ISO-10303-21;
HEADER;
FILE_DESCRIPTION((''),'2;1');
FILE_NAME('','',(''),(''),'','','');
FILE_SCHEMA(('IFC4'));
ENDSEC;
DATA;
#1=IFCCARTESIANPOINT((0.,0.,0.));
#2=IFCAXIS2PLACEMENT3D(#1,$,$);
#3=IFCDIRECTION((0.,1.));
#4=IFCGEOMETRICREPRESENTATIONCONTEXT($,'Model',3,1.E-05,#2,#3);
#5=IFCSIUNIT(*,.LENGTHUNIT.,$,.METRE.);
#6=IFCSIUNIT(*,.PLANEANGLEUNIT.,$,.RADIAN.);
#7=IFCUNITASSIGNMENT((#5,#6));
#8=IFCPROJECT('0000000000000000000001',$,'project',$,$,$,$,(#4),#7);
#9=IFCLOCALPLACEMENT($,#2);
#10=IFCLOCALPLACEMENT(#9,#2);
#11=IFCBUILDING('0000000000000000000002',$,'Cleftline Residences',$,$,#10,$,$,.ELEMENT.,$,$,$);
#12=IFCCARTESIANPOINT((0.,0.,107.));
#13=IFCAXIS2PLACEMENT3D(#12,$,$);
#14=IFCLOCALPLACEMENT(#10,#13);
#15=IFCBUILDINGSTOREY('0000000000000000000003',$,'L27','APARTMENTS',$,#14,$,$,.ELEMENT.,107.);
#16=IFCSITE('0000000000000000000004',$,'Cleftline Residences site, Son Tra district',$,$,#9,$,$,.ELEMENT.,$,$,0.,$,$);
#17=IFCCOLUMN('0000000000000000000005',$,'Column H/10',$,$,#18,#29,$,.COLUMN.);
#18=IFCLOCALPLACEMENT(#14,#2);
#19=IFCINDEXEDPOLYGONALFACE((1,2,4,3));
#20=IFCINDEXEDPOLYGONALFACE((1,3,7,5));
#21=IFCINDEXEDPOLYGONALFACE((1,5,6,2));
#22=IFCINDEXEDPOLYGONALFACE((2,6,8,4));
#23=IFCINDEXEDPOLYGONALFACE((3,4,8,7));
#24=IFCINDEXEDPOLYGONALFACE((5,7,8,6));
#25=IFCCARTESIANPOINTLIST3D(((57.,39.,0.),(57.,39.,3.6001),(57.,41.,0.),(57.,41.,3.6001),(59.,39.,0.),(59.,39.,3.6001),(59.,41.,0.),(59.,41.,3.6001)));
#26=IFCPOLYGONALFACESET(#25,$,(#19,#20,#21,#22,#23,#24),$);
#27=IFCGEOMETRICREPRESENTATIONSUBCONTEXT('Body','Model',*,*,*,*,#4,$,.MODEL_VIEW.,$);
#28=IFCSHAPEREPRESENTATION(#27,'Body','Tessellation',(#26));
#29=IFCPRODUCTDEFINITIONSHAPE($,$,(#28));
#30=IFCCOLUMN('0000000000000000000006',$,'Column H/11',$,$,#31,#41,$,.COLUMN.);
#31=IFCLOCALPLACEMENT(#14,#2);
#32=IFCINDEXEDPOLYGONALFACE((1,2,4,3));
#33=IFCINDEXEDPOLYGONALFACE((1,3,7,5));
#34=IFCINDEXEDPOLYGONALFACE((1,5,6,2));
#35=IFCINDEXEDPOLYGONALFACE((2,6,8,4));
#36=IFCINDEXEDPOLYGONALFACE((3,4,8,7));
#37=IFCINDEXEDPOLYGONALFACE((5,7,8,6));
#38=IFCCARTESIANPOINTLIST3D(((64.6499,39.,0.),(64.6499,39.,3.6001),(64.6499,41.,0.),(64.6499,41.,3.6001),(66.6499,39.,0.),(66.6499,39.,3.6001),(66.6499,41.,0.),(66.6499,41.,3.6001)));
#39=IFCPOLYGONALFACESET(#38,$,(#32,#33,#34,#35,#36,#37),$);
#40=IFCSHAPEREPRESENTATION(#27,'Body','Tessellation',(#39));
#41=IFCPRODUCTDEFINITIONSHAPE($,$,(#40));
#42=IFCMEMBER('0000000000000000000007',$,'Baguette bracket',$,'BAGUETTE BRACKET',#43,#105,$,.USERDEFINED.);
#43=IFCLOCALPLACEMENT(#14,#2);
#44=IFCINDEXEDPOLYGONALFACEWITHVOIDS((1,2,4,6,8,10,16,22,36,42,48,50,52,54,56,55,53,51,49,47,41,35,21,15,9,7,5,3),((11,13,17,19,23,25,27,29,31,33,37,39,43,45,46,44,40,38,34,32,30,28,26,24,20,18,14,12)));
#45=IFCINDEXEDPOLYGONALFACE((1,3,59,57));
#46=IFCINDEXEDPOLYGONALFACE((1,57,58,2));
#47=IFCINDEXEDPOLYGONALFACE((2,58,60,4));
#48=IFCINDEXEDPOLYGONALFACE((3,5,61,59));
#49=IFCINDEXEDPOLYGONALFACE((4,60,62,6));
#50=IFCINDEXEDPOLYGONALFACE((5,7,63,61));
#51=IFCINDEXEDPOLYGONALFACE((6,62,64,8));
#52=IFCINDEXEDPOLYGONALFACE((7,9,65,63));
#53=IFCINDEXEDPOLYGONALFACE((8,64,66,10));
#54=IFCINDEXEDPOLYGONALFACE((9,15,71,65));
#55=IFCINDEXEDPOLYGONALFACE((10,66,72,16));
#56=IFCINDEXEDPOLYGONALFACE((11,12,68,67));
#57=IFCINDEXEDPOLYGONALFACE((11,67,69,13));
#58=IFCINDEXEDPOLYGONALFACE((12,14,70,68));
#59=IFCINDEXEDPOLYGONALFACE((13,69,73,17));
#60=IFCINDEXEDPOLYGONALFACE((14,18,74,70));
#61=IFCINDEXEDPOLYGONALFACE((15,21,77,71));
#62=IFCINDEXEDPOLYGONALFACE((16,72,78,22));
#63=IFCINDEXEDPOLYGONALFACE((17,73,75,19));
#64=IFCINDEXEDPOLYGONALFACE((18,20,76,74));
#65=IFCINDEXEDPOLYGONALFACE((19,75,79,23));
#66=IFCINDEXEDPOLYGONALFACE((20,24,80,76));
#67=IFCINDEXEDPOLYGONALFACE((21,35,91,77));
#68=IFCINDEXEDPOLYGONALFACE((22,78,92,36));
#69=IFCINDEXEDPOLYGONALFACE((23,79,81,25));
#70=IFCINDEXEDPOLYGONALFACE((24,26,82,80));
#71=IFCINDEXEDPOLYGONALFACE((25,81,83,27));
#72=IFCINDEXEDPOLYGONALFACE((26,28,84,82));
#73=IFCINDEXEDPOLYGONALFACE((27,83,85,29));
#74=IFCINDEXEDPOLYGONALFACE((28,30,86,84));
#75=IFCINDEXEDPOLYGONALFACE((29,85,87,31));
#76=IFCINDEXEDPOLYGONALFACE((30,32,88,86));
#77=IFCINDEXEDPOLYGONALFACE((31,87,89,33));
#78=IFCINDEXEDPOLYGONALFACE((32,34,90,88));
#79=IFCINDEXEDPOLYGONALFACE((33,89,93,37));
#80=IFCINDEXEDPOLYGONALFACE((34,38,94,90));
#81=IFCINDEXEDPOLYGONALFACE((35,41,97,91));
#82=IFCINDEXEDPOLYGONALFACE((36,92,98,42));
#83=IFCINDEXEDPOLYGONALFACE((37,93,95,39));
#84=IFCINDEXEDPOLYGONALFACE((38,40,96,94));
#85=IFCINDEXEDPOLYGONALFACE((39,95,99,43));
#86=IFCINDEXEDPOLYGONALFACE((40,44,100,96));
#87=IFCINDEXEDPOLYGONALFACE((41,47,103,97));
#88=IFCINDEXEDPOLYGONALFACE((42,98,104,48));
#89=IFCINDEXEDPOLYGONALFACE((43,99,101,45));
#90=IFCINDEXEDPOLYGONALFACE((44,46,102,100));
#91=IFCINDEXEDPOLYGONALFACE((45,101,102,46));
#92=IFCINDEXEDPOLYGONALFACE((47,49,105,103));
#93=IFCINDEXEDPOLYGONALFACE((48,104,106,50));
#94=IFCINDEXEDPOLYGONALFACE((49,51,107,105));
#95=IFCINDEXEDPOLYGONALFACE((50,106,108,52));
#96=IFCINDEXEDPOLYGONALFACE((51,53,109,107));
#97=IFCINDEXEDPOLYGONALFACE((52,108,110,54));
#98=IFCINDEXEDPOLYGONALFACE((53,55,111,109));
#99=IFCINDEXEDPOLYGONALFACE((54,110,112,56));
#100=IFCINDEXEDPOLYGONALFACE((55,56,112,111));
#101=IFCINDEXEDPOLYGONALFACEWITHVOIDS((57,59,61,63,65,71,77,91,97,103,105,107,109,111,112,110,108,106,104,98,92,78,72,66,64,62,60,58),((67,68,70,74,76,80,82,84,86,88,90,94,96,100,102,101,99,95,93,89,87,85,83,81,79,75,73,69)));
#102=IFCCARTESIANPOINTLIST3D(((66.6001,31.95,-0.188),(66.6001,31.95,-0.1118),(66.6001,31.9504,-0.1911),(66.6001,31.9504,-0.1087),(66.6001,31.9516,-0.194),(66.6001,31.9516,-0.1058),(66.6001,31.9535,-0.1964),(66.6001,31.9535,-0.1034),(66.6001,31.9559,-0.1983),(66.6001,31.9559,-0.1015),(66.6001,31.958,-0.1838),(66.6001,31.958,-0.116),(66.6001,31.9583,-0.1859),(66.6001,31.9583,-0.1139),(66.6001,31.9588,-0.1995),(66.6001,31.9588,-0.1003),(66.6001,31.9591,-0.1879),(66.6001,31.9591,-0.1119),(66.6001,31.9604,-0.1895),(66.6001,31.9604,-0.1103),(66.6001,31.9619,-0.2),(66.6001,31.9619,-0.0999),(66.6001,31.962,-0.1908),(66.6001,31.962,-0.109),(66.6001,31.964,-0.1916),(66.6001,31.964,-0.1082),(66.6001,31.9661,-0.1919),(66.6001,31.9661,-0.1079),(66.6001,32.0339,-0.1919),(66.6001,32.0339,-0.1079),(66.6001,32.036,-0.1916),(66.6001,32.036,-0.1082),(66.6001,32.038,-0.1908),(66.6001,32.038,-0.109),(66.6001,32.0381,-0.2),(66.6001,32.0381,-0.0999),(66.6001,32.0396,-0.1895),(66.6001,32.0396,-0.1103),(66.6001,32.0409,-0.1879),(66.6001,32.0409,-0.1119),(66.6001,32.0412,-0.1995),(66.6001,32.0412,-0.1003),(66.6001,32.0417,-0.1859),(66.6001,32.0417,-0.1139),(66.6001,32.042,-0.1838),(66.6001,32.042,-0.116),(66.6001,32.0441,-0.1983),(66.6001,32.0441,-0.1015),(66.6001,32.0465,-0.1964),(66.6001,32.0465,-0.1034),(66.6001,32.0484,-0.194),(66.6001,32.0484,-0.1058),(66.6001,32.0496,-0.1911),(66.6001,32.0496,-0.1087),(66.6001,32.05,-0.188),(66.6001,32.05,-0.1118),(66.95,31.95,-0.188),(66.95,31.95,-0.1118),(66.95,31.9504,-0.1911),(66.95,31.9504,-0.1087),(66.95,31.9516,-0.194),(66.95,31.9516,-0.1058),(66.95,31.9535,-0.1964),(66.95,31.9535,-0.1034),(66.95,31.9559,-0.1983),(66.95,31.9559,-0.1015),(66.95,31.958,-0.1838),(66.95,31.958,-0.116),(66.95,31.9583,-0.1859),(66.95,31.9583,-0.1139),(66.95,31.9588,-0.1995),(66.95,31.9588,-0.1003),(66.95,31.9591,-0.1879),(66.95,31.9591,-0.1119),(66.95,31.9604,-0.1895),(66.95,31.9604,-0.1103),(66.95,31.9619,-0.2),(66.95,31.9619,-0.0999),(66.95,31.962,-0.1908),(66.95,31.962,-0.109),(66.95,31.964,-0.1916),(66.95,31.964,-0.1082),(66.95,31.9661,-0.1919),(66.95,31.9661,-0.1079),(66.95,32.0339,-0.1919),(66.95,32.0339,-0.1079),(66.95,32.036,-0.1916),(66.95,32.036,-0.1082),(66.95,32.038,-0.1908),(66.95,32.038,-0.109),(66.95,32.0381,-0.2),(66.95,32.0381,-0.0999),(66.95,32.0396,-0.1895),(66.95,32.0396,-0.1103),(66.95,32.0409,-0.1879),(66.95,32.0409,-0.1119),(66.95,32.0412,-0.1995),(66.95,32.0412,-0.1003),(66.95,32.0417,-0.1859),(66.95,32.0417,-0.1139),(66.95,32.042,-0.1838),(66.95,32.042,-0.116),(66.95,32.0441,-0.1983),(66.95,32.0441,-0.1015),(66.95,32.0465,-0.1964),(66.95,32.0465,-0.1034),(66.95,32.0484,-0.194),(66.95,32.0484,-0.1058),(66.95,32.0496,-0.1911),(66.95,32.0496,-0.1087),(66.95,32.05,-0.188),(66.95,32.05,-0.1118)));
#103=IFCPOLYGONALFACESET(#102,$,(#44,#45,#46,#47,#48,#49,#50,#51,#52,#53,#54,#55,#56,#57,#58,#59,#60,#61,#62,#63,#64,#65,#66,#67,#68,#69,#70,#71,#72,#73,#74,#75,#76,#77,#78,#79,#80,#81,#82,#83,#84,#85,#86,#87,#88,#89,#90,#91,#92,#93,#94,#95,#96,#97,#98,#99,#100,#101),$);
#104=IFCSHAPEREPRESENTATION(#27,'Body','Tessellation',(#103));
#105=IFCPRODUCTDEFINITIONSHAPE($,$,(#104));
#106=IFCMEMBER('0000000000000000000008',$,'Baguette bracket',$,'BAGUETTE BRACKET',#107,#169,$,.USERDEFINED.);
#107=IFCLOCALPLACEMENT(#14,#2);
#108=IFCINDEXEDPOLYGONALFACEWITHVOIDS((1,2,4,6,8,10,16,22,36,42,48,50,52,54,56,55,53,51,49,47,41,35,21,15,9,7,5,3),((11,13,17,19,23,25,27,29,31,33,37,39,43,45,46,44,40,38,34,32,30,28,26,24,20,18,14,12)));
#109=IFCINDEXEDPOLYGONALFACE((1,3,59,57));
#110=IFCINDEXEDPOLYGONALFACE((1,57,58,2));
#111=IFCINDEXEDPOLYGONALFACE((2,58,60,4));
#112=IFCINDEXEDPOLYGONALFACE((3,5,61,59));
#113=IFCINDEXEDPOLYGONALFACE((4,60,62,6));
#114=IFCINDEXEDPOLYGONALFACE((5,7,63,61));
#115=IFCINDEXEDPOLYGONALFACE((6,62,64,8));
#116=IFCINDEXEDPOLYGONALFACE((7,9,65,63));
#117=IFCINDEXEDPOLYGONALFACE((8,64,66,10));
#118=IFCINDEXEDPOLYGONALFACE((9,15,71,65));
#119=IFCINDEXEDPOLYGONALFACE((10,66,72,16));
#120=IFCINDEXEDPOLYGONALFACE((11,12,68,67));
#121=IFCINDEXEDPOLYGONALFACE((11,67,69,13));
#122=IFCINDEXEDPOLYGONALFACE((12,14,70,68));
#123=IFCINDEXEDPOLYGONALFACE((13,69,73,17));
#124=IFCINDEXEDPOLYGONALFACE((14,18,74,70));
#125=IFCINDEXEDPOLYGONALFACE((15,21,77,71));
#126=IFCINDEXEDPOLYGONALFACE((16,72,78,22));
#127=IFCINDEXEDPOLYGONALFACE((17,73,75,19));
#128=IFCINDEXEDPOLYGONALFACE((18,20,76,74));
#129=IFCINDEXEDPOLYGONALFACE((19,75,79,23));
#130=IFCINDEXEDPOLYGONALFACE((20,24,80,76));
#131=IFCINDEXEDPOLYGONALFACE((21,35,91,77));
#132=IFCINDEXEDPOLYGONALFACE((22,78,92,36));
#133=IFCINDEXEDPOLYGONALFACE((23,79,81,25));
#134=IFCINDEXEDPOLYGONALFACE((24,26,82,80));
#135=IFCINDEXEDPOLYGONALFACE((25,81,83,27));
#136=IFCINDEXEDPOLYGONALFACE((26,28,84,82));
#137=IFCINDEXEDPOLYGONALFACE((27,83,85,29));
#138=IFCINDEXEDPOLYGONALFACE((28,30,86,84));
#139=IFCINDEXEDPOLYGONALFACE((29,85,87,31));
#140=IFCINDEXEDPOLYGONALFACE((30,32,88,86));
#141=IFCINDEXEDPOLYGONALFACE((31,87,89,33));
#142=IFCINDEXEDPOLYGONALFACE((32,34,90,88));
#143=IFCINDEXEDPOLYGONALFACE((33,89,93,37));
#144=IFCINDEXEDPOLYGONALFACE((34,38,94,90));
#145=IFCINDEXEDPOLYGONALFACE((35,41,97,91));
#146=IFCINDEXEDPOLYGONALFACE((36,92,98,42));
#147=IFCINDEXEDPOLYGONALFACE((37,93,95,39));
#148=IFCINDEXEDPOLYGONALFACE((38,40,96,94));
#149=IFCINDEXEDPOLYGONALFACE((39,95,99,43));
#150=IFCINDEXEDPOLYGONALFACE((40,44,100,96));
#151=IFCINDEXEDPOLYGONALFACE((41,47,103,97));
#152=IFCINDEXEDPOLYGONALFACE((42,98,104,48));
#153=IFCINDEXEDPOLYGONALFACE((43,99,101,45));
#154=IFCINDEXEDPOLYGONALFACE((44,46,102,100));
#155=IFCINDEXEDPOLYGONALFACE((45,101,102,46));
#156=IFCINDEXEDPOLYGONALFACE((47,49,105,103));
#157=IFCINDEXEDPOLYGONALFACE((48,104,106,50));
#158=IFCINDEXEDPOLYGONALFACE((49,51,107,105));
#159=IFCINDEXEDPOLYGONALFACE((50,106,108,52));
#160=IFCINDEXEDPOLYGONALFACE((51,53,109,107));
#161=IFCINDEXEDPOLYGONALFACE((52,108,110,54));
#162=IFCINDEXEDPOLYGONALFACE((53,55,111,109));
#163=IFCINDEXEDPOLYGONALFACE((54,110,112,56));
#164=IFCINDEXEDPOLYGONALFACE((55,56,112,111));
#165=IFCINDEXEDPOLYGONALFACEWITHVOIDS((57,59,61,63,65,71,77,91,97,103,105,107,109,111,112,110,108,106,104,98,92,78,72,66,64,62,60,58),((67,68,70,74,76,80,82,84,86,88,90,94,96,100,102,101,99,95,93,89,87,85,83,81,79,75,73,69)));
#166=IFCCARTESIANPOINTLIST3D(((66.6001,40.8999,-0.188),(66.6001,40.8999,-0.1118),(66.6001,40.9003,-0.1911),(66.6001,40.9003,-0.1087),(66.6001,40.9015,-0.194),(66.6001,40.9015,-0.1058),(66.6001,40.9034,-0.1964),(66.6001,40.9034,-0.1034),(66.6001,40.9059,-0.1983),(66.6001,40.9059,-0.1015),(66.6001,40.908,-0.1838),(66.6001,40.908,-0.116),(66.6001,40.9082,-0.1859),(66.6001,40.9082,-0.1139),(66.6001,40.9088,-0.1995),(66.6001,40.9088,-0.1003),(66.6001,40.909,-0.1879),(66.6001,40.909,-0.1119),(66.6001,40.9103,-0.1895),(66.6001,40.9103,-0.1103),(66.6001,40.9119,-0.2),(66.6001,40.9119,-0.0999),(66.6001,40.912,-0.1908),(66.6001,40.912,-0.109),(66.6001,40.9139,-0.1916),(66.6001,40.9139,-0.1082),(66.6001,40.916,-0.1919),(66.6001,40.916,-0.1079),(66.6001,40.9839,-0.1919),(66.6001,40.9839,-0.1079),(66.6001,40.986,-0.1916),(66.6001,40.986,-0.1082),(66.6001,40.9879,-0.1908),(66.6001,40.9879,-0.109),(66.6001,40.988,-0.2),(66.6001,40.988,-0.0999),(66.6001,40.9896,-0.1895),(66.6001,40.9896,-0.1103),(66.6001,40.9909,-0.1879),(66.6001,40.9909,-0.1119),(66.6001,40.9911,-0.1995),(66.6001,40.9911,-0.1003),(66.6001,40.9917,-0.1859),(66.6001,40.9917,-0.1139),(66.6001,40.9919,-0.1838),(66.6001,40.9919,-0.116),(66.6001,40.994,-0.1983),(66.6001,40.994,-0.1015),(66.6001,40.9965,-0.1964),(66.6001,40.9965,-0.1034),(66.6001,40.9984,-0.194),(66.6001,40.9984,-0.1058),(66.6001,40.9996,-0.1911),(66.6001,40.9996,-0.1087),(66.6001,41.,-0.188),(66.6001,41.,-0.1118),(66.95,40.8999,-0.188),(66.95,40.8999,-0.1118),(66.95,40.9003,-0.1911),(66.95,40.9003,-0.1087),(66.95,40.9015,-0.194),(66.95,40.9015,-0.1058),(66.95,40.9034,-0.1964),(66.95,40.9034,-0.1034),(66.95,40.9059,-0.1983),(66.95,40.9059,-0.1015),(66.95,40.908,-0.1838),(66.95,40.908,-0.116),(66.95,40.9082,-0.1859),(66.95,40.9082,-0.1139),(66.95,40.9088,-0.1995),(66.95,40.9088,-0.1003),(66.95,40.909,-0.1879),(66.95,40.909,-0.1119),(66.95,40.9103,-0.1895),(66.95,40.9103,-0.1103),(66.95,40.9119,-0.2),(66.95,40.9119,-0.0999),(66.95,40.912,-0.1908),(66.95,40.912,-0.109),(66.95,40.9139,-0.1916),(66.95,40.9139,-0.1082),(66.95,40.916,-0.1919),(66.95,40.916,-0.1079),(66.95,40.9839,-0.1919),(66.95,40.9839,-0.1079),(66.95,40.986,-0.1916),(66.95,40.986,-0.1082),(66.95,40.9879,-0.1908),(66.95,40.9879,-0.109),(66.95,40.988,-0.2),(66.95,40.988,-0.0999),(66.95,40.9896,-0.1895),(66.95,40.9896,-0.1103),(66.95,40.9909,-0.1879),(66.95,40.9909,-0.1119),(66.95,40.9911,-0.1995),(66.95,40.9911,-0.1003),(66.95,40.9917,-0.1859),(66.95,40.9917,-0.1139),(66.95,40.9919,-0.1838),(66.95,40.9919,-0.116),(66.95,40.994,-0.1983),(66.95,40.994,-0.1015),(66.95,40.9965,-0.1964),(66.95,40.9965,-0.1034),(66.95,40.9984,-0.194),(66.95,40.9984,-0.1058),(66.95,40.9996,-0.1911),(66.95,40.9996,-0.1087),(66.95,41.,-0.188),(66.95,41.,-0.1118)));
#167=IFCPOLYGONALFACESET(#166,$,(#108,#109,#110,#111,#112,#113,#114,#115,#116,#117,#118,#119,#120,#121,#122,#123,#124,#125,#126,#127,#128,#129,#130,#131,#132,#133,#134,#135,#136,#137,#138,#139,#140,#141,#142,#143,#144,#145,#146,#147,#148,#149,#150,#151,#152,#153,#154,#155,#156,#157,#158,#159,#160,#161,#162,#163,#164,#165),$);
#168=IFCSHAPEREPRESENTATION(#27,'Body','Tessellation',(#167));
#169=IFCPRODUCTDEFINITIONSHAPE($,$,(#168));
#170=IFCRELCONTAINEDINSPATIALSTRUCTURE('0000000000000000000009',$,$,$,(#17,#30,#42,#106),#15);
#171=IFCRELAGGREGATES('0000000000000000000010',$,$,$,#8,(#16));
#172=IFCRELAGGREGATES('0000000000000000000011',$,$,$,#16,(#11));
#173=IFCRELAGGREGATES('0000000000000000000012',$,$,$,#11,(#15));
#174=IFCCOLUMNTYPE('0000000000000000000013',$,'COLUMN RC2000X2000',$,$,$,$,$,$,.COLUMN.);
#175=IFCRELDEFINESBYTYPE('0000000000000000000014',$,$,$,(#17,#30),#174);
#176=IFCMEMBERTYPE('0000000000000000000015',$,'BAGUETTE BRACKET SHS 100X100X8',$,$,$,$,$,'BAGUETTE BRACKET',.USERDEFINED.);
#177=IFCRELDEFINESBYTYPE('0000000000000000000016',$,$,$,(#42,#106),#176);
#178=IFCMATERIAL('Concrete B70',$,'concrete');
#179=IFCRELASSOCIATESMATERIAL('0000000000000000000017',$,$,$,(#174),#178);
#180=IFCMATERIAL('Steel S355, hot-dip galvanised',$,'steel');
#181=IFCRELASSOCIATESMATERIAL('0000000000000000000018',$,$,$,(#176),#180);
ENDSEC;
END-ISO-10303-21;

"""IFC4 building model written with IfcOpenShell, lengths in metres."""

from ifc_helpers import new_model, si_unit, direction, frame, origin, origin_2d, place, context, subcontext, project, spatial, rectangle, hollow_rectangle, extrude, material, material_profile, profile_set, type_object, element, save


model = new_model("IFC4")

# Units and contexts
model_context = context("Model", 3, precision=1e-05, world=origin(), true_north=direction((0.0, 1.0)))
body_context = subcontext(model_context, "Body", "Model", "MODEL_VIEW")
ifc_project = project(units=[si_unit("LENGTHUNIT", "METRE"), si_unit("PLANEANGLEUNIT", "RADIAN")], contexts=[model_context])

# Site, building, storey
site_placement = place(None, origin())
site = spatial("IfcSite", under=ifc_project, at=site_placement, Name="Cleftline Residences site, Son Tra district", CompositionType="ELEMENT", RefElevation=0.0)
building_placement = place(site_placement, origin())
building = spatial("IfcBuilding", under=site, at=building_placement, Name="Cleftline Residences", CompositionType="ELEMENT")
storey_placement = place(building_placement, frame((0.0, 0.0, 107.0)))
storey = spatial("IfcBuildingStorey", under=building, at=storey_placement, Name="L27", Description="APARTMENTS", CompositionType="ELEMENT", Elevation=107.0)

# Columns
ifc_material_1 = material(Name="Concrete B70", Category="concrete")
ifc_material_profile_1 = material_profile(ifc_material_1, rectangle(XDim=2.0, YDim=2.0, at=origin_2d()))
ifc_profile_set_1 = profile_set([ifc_material_profile_1], Name="Concrete B70")
column_type = type_object("IfcColumnType", Name="COLUMN RC2000X2000", PredefinedType="COLUMN", material=ifc_profile_set_1)
for number, where, z_axis, x_axis, name in (
    (1, (58.0, 40.0, 0.0), (0.0, 0.0, 1.0), (1.0, 0.0, 0.0), "Column H/10"),
    (2, (65.6499, 40.0, 0.0), (0.0, 0.0, 1.0), (1.0, 0.0, 0.0), "Column H/11"),
):
    element("IfcColumn", number, at=place(storey_placement, frame(where, z_axis=z_axis, x_axis=x_axis)), inside=storey, type_object=column_type, Name=name, PredefinedType="COLUMN", context=body_context, shape_type="SweptSolid", body=[
        extrude(rectangle(XDim=2.0, YDim=2.0, at=origin_2d()), origin(), (0.0, 0.0, 1.0), 3.6001),
    ])

# Members
ifc_material_2 = material(Name="Steel S355, hot-dip galvanised", Category="steel")
ifc_material_profile_2 = material_profile(ifc_material_2, hollow_rectangle(XDim=0.1001, YDim=0.1001, WallThickness=0.0081, InnerFilletRadius=0.0081, OuterFilletRadius=0.012, at=origin_2d()))
ifc_profile_set_2 = profile_set([ifc_material_profile_2], Name="Steel S355, hot-dip galvanised")
member_type_1 = type_object("IfcMemberType", Name="BAGUETTE BRACKET SHS 100X100X8", ElementType="BAGUETTE BRACKET", PredefinedType="USERDEFINED", material=ifc_profile_set_2)
for number, where, z_axis, x_axis, name in (
    (3, (66.6001, 32.0, -0.1499), (1.0, 0.0, 0.0), (0.0, 1.0, 0.0), "Baguette bracket"),
    (4, (66.6001, 40.95, -0.1499), (1.0, 0.0, 0.0), (0.0, 1.0, 0.0), "Baguette bracket"),
):
    element("IfcMember", number, at=place(storey_placement, frame(where, z_axis=z_axis, x_axis=x_axis)), inside=storey, type_object=member_type_1, Name=name, ObjectType="BAGUETTE BRACKET", PredefinedType="USERDEFINED", context=body_context, shape_type="SweptSolid", body=[
        extrude(hollow_rectangle(XDim=0.1001, YDim=0.1001, WallThickness=0.0081, InnerFilletRadius=0.0081, OuterFilletRadius=0.012, at=origin_2d()), origin(), (0.0, 0.0, 1.0), 0.3499),
    ])

save(model, "model.ifc")
